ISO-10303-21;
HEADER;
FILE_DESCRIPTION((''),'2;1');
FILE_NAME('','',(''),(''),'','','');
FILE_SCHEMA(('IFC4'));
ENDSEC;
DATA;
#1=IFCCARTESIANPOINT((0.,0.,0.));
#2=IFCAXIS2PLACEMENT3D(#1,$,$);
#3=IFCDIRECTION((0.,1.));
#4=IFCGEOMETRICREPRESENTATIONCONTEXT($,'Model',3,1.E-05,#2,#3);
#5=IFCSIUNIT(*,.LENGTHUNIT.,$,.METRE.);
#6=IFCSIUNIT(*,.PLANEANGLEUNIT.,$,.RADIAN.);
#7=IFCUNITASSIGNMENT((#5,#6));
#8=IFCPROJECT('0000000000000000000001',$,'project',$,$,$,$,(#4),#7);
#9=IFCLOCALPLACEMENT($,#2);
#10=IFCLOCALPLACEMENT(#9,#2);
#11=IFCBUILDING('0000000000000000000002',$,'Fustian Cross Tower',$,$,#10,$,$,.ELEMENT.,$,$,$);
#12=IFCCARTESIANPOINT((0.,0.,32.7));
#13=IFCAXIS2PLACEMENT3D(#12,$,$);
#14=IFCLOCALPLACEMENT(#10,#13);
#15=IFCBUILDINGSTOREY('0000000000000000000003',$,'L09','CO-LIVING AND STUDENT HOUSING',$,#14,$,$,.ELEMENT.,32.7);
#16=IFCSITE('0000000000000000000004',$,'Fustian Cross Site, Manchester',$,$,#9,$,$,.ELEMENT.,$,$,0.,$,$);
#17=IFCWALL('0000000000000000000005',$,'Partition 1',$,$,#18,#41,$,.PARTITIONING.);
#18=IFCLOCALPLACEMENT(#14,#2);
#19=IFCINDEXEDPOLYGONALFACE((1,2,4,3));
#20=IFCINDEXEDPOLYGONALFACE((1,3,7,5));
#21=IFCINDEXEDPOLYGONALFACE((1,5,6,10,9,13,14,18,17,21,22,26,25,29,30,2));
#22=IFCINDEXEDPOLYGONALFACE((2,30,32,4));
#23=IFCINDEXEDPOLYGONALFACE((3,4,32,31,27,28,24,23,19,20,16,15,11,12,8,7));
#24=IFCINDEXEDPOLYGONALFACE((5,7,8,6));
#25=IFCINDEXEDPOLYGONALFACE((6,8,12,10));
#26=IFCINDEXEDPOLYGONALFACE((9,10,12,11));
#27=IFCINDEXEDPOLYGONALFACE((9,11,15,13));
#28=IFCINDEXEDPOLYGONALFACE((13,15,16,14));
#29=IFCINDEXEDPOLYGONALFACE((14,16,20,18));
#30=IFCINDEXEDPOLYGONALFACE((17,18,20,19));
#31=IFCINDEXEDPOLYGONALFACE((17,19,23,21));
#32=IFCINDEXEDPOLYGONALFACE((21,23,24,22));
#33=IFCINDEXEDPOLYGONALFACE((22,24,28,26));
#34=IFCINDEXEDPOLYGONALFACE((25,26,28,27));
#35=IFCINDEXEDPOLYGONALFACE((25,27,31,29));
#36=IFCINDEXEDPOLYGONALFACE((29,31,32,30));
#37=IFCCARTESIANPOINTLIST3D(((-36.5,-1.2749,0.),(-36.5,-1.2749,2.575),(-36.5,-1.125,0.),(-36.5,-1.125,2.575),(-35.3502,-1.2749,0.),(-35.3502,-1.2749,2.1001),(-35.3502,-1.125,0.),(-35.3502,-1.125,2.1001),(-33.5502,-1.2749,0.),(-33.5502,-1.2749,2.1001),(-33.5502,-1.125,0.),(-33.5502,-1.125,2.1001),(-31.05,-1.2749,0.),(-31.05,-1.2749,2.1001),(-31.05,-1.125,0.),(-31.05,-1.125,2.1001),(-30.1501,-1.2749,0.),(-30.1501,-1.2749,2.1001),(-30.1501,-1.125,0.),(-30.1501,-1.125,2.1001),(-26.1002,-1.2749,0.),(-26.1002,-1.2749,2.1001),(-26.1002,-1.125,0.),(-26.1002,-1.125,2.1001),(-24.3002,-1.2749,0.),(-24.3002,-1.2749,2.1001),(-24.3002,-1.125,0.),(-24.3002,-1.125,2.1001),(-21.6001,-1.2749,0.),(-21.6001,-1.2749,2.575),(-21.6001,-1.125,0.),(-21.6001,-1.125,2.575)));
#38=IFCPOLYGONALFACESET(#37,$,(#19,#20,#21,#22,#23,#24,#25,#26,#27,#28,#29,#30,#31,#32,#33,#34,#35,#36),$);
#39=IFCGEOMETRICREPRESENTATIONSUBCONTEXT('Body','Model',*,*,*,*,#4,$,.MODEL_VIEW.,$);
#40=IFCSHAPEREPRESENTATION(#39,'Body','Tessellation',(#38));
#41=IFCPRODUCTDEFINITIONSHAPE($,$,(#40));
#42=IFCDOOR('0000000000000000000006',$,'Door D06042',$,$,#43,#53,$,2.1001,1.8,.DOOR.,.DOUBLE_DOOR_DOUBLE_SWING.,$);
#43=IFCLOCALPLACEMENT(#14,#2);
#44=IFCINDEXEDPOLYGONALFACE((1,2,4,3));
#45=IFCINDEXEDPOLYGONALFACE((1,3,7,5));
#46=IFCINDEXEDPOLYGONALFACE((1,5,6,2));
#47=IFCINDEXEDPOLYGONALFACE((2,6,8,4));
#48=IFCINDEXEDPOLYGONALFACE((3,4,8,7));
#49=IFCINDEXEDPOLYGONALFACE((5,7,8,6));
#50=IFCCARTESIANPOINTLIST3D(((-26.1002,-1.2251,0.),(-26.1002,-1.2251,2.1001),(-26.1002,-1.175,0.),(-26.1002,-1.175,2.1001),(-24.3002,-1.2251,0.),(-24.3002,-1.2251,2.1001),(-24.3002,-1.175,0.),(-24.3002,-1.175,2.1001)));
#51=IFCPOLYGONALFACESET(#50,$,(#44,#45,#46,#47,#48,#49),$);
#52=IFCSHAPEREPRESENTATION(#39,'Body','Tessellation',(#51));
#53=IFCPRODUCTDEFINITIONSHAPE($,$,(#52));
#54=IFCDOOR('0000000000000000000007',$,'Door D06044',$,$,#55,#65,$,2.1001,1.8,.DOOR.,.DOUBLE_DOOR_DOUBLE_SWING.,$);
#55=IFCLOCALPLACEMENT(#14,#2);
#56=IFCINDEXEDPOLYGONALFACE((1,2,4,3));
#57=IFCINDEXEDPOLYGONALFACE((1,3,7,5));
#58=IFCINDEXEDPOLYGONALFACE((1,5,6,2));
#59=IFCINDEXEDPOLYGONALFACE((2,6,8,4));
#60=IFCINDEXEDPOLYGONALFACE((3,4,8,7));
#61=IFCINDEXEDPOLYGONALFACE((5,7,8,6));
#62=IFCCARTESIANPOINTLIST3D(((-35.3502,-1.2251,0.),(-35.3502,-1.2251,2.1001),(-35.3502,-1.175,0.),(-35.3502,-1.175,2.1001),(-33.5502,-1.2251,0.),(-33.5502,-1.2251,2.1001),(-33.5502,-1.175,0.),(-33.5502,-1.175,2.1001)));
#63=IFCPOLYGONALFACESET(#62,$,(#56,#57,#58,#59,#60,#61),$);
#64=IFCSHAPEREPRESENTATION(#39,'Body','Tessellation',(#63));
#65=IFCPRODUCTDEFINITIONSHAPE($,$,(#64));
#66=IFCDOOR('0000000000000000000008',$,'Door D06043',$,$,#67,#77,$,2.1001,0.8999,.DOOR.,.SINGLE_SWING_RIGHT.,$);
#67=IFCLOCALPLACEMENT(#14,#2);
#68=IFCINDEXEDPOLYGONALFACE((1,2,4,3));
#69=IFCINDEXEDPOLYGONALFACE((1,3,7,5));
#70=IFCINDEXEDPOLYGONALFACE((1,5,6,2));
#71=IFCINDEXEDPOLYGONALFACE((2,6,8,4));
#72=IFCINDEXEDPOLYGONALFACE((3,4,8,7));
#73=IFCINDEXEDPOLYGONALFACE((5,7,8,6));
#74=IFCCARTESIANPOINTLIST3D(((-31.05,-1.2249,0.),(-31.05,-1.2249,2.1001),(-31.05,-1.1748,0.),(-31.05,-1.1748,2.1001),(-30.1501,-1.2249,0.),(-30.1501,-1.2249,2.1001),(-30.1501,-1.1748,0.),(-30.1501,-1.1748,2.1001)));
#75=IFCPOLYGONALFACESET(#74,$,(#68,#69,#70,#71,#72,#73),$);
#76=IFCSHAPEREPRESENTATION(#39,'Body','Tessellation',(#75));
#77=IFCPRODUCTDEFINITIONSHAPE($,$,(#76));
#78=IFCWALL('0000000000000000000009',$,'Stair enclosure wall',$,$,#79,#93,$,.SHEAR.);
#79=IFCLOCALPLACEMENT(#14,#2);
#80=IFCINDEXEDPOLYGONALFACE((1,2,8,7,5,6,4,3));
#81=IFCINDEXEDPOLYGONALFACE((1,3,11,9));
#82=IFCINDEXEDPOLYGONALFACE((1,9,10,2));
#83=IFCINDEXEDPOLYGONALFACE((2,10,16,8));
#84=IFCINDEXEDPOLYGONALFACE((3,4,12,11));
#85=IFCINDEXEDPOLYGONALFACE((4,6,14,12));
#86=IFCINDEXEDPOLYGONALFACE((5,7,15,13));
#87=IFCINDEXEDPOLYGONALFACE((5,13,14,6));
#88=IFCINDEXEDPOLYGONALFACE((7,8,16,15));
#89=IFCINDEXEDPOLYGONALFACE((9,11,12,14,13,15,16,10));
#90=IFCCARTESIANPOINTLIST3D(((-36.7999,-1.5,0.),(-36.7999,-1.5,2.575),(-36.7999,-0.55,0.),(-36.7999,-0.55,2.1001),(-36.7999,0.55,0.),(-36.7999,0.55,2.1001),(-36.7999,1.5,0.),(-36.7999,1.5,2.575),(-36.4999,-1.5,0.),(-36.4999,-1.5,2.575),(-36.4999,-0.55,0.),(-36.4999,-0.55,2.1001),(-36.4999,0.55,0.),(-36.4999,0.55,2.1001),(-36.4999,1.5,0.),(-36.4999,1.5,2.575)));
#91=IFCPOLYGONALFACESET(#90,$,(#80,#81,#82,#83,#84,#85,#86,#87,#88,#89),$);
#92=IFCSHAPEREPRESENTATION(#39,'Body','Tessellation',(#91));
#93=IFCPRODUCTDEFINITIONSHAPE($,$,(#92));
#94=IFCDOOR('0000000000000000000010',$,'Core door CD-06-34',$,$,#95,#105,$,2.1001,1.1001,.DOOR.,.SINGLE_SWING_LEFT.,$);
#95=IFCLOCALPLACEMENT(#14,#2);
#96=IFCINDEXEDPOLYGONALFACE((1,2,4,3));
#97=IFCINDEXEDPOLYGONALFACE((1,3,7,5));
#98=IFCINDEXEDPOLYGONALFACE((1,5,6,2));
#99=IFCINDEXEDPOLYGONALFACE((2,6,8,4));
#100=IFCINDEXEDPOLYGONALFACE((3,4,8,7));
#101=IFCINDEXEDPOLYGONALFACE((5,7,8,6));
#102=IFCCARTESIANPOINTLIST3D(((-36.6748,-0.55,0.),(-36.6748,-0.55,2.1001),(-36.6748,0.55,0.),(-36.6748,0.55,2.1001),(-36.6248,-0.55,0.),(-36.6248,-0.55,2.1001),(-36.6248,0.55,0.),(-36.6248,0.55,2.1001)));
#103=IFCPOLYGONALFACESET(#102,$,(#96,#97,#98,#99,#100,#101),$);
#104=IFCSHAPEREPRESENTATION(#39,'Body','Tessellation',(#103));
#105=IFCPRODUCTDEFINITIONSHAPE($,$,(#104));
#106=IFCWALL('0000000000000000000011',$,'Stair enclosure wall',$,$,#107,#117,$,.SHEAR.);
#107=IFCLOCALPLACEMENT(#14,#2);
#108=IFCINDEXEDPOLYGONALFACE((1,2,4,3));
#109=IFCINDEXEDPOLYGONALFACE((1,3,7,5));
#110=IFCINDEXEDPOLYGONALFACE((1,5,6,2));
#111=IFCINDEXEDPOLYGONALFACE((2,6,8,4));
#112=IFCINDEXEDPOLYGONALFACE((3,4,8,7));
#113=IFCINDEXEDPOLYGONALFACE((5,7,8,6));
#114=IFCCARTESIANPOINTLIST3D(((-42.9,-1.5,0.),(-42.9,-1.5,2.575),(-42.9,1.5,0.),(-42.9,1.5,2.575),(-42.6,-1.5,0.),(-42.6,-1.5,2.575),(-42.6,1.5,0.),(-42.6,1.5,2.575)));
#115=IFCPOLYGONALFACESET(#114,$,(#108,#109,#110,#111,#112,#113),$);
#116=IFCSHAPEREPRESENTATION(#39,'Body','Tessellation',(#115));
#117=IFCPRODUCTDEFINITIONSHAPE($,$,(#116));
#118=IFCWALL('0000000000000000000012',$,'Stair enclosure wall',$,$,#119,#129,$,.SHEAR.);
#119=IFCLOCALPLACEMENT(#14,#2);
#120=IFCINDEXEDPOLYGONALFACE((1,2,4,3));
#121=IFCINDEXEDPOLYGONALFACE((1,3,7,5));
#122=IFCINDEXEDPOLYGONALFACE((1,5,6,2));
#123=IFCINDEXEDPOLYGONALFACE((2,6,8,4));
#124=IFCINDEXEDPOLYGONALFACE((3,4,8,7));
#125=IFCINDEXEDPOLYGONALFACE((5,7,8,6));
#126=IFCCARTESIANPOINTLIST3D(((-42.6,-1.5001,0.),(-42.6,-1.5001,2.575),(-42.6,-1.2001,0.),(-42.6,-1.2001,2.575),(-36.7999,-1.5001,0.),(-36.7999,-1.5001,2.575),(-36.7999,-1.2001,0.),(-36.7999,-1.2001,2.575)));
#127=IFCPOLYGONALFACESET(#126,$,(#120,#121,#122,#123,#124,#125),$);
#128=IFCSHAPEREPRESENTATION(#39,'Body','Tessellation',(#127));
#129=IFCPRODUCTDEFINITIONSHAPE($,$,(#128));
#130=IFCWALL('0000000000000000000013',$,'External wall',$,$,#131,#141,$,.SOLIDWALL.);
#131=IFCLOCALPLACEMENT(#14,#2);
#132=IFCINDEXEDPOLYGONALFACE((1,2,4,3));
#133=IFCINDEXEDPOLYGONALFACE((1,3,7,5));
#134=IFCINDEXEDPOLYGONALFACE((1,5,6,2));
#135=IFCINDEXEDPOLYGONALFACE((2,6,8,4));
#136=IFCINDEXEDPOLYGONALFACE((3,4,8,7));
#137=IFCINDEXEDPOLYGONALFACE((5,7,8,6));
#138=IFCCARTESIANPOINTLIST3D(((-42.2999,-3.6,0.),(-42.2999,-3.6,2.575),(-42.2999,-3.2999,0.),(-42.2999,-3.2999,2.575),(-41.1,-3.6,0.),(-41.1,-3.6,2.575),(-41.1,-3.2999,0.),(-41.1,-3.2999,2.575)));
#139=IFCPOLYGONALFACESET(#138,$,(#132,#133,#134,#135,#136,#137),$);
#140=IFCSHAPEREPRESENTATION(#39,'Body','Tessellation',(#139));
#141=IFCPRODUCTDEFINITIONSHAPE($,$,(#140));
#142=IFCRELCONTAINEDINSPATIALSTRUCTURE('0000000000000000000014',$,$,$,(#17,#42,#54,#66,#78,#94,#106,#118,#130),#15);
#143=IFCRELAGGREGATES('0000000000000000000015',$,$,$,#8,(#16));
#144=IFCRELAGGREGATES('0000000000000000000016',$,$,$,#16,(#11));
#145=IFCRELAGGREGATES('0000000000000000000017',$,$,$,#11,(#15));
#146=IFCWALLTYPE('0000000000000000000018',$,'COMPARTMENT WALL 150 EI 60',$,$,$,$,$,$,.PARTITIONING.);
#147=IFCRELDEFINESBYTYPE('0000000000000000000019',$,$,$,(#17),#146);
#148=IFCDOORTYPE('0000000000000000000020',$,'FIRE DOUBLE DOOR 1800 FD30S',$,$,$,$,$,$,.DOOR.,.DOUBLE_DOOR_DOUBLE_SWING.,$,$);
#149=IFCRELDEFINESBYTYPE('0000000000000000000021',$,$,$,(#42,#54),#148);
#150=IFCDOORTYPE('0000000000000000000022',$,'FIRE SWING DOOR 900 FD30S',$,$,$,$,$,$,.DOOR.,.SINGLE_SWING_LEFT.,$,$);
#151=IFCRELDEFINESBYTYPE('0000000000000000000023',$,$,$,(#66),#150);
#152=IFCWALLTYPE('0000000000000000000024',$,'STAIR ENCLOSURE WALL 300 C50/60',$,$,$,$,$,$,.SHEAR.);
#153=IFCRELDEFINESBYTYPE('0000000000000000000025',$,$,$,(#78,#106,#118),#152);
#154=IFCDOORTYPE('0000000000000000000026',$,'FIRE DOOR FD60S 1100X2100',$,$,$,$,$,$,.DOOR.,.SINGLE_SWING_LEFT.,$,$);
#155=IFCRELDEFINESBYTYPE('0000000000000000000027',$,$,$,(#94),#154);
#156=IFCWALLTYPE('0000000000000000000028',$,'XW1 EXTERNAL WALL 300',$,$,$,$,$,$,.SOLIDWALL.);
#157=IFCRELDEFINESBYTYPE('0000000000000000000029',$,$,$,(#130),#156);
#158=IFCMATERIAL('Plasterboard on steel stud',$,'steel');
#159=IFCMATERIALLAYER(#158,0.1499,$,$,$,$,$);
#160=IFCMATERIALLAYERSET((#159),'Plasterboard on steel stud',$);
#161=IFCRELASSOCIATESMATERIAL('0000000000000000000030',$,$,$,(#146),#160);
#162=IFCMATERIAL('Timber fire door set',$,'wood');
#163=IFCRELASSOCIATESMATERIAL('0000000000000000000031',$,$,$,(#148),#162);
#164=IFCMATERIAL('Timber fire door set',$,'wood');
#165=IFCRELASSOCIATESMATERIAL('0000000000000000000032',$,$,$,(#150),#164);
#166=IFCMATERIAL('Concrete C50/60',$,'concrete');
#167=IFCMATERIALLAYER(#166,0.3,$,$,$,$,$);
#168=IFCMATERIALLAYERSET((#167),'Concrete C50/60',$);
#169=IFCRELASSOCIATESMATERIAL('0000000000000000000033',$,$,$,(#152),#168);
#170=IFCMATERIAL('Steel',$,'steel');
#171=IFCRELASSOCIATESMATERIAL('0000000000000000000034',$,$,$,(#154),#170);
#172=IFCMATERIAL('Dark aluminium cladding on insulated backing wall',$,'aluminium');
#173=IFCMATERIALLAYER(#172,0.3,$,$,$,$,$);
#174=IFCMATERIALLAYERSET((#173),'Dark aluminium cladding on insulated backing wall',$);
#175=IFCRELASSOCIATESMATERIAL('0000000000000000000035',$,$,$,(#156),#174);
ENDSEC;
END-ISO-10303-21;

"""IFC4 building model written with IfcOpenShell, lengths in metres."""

from ifc_helpers import new_model, si_unit, direction, frame, frame_2d, origin, place, context, subcontext, project, spatial, rectangle, extrude, material, layer, layer_set, type_object, element, fill, save


model = new_model("IFC4")

# Units and contexts
model_context = context("Model", 3, precision=1e-05, world=origin(), true_north=direction((0.0, 1.0)))
body_context = subcontext(model_context, "Body", "Model", "MODEL_VIEW")
ifc_project = project(units=[si_unit("LENGTHUNIT", "METRE"), si_unit("PLANEANGLEUNIT", "RADIAN")], contexts=[model_context])

# Site, building, storey
site_placement = place(None, origin())
site = spatial("IfcSite", under=ifc_project, at=site_placement, Name="Fustian Cross Site, Manchester", CompositionType="ELEMENT", RefElevation=0.0)
building_placement = place(site_placement, origin())
building = spatial("IfcBuilding", under=site, at=building_placement, Name="Fustian Cross Tower", CompositionType="ELEMENT")
storey_placement = place(building_placement, frame((0.0, 0.0, 32.7)))
storey = spatial("IfcBuildingStorey", under=building, at=storey_placement, Name="L09", Description="CO-LIVING AND STUDENT HOUSING", CompositionType="ELEMENT", Elevation=32.7)

# Wall, openings, doors
ifc_material_1 = material(Name="Plasterboard on steel stud", Category="steel")
ifc_layer_1 = layer(ifc_material_1, 0.1499)
ifc_layer_set_1 = layer_set([ifc_layer_1], Name="Plasterboard on steel stud")
wall_type_1 = type_object("IfcWallType", Name="COMPARTMENT WALL 150 EI 60", PredefinedType="PARTITIONING", material=ifc_layer_set_1)
wall_1_placement = place(storey_placement, frame((-36.5, -1.2, 0.0), z_axis=(0.0, 0.0, 1.0), x_axis=(1.0, 0.0, 0.0)))
wall_1 = element("IfcWall", 1, at=wall_1_placement, inside=storey, type_object=wall_type_1, Name="Partition 1", PredefinedType="PARTITIONING", context=body_context, shape_type="SweptSolid", body=[
    extrude(rectangle(XDim=14.8999, YDim=0.1499, at=frame_2d((7.45, 0.0))), origin(), (0.0, 0.0, 1.0), 2.575),
])
opening_1_placement = place(wall_1_placement, frame((10.3999, 0.0, 0.0)))
opening_1 = element("IfcOpeningElement", 2, at=opening_1_placement, cuts=wall_1, PredefinedType="OPENING", context=body_context, shape_type="SweptSolid", body=[
    extrude(rectangle(XDim=1.8, YDim=2.1001, at=frame_2d((0.8999, 1.05))), frame((0.0, 0.085, 0.0), z_axis=(0.0, -1.0, 0.0), x_axis=(1.0, 0.0, 0.0)), (0.0, 0.0, 1.0), 0.1699),
])
opening_2_placement = place(wall_1_placement, frame((5.45, 0.0, 0.0)))
opening_2 = element("IfcOpeningElement", 3, at=opening_2_placement, cuts=wall_1, PredefinedType="OPENING", context=body_context, shape_type="SweptSolid", body=[
    extrude(rectangle(XDim=0.8999, YDim=2.1001, at=frame_2d((0.45, 1.05))), frame((0.0, 0.085, 0.0), z_axis=(0.0, -1.0, 0.0), x_axis=(1.0, 0.0, 0.0)), (0.0, 0.0, 1.0), 0.1699),
])
opening_3_placement = place(wall_1_placement, frame((1.1499, 0.0, 0.0)))
opening_3 = element("IfcOpeningElement", 4, at=opening_3_placement, cuts=wall_1, PredefinedType="OPENING", context=body_context, shape_type="SweptSolid", body=[
    extrude(rectangle(XDim=1.8, YDim=2.1001, at=frame_2d((0.8999, 1.05))), frame((0.0, 0.085, 0.0), z_axis=(0.0, -1.0, 0.0), x_axis=(1.0, 0.0, 0.0)), (0.0, 0.0, 1.0), 0.1699),
])
ifc_material_2 = material(Name="Timber fire door set", Category="wood")
door_type_1 = type_object("IfcDoorType", Name="FIRE DOUBLE DOOR 1800 FD30S", OperationType="DOUBLE_DOOR_DOUBLE_SWING", PredefinedType="DOOR", material=ifc_material_2)
door_1_placement = place(opening_1_placement, origin())
door_1 = element("IfcDoor", 5, at=door_1_placement, inside=storey, type_object=door_type_1, Name="Door D06042", OperationType="DOUBLE_DOOR_DOUBLE_SWING", OverallHeight=2.1001, OverallWidth=1.8, PredefinedType="DOOR", context=body_context, shape_type="SweptSolid", body=[
    extrude(rectangle(XDim=1.8, YDim=2.1001, at=frame_2d((0.8999, 1.05))), frame((0.0, 0.0249, 0.0), z_axis=(0.0, -1.0, 0.0), x_axis=(1.0, 0.0, 0.0)), (0.0, 0.0, 1.0), 0.05),
])
fill(opening_1, door_1)
door_2_placement = place(opening_3_placement, origin())
door_2 = element("IfcDoor", 6, at=door_2_placement, inside=storey, type_object=door_type_1, Name="Door D06044", OperationType="DOUBLE_DOOR_DOUBLE_SWING", OverallHeight=2.1001, OverallWidth=1.8, PredefinedType="DOOR", context=body_context, shape_type="SweptSolid", body=[
    extrude(rectangle(XDim=1.8, YDim=2.1001, at=frame_2d((0.8999, 1.05))), frame((0.0, 0.0249, 0.0), z_axis=(0.0, -1.0, 0.0), x_axis=(1.0, 0.0, 0.0)), (0.0, 0.0, 1.0), 0.05),
])
fill(opening_3, door_2)
ifc_material_3 = material(Name="Timber fire door set", Category="wood")
door_type_2 = type_object("IfcDoorType", Name="FIRE SWING DOOR 900 FD30S", OperationType="SINGLE_SWING_LEFT", PredefinedType="DOOR", material=ifc_material_3)
door_3_placement = place(opening_2_placement, frame((0.8999, 0.0, 0.0), z_axis=(0.0, 0.0, 1.0), x_axis=(-1.0, 0.0, 0.0)))
door_3 = element("IfcDoor", 7, at=door_3_placement, inside=storey, type_object=door_type_2, Name="Door D06043", OperationType="SINGLE_SWING_RIGHT", OverallHeight=2.1001, OverallWidth=0.8999, PredefinedType="DOOR", context=body_context, shape_type="SweptSolid", body=[
    extrude(rectangle(XDim=0.8999, YDim=2.1001, at=frame_2d((0.45, 1.05))), frame((0.0, 0.0249, 0.0), z_axis=(0.0, -1.0, 0.0), x_axis=(1.0, 0.0, 0.0)), (0.0, 0.0, 1.0), 0.05),
])
fill(opening_2, door_3)

# Wall, opening, door
ifc_material_4 = material(Name="Concrete C50/60", Category="concrete")
ifc_layer_2 = layer(ifc_material_4, 0.3)
ifc_layer_set_2 = layer_set([ifc_layer_2], Name="Concrete C50/60")
wall_type_2 = type_object("IfcWallType", Name="STAIR ENCLOSURE WALL 300 C50/60", PredefinedType="SHEAR", material=ifc_layer_set_2)
wall_2_placement = place(storey_placement, frame((-36.6499, -1.5, 0.0), z_axis=(0.0, 0.0, 1.0), x_axis=(0.0, 1.0, 0.0)))
wall_2 = element("IfcWall", 8, at=wall_2_placement, inside=storey, type_object=wall_type_2, Name="Stair enclosure wall", PredefinedType="SHEAR", context=body_context, shape_type="SweptSolid", body=[
    extrude(rectangle(XDim=3.0, YDim=0.3, at=frame_2d((1.5, 0.0))), origin(), (0.0, 0.0, 1.0), 2.575),
])
opening_4_placement = place(wall_2_placement, frame((0.95, 0.0, 0.0)))
opening_4 = element("IfcOpeningElement", 9, at=opening_4_placement, cuts=wall_2, PredefinedType="OPENING", context=body_context, shape_type="SweptSolid", body=[
    extrude(rectangle(XDim=1.1001, YDim=2.1001, at=frame_2d((0.55, 1.05))), frame((0.0, 0.1599, 0.0), z_axis=(0.0, -1.0, 0.0), x_axis=(1.0, 0.0, 0.0)), (0.0, 0.0, 1.0), 0.3201),
])
ifc_material_5 = material(Name="Steel", Category="steel")
door_type_3 = type_object("IfcDoorType", Name="FIRE DOOR FD60S 1100X2100", OperationType="SINGLE_SWING_LEFT", PredefinedType="DOOR", material=ifc_material_5)
door_4_placement = place(opening_4_placement, origin())
door_4 = element("IfcDoor", 10, at=door_4_placement, inside=storey, type_object=door_type_3, Name="Core door CD-06-34", OperationType="SINGLE_SWING_LEFT", OverallHeight=2.1001, OverallWidth=1.1001, PredefinedType="DOOR", context=body_context, shape_type="SweptSolid", body=[
    extrude(rectangle(XDim=1.1001, YDim=2.1001, at=frame_2d((0.55, 1.05))), frame((0.0, 0.0249, 0.0), z_axis=(0.0, -1.0, 0.0), x_axis=(1.0, 0.0, 0.0)), (0.0, 0.0, 1.0), 0.05),
])
fill(opening_4, door_4)

# Walls
wall_3_placement = place(storey_placement, frame((-42.75, -1.5, 0.0), z_axis=(0.0, 0.0, 1.0), x_axis=(0.0, 1.0, 0.0)))
element("IfcWall", 11, at=wall_3_placement, inside=storey, type_object=wall_type_2, Name="Stair enclosure wall", PredefinedType="SHEAR", context=body_context, shape_type="SweptSolid", body=[
    extrude(rectangle(XDim=3.0, YDim=0.3, at=frame_2d((1.5, 0.0))), origin(), (0.0, 0.0, 1.0), 2.575),
])
wall_4_placement = place(storey_placement, frame((-36.8, -1.3501, 0.0), z_axis=(0.0, 0.0, 1.0), x_axis=(-1.0, 0.0, 0.0)))
element("IfcWall", 12, at=wall_4_placement, inside=storey, type_object=wall_type_2, Name="Stair enclosure wall", PredefinedType="SHEAR", context=body_context, shape_type="SweptSolid", body=[
    extrude(rectangle(XDim=5.8, YDim=0.3, at=frame_2d((2.8999, 0.0))), origin(), (0.0, 0.0, 1.0), 2.575),
])
ifc_material_6 = material(Name="Dark aluminium cladding on insulated backing wall", Category="aluminium")
ifc_layer_3 = layer(ifc_material_6, 0.3)
ifc_layer_set_3 = layer_set([ifc_layer_3], Name="Dark aluminium cladding on insulated backing wall")
wall_type_3 = type_object("IfcWallType", Name="XW1 EXTERNAL WALL 300", PredefinedType="SOLIDWALL", material=ifc_layer_set_3)
wall_5_placement = place(storey_placement, frame((-42.3, -3.45, 0.0), z_axis=(0.0, 0.0, 1.0), x_axis=(1.0, 0.0, 0.0)))
element("IfcWall", 13, at=wall_5_placement, inside=storey, type_object=wall_type_3, Name="External wall", PredefinedType="SOLIDWALL", context=body_context, shape_type="SweptSolid", body=[
    extrude(rectangle(XDim=1.2, YDim=0.3, at=frame_2d((0.6001, 0.0))), origin(), (0.0, 0.0, 1.0), 2.575),
])

save(model, "model.ifc")
